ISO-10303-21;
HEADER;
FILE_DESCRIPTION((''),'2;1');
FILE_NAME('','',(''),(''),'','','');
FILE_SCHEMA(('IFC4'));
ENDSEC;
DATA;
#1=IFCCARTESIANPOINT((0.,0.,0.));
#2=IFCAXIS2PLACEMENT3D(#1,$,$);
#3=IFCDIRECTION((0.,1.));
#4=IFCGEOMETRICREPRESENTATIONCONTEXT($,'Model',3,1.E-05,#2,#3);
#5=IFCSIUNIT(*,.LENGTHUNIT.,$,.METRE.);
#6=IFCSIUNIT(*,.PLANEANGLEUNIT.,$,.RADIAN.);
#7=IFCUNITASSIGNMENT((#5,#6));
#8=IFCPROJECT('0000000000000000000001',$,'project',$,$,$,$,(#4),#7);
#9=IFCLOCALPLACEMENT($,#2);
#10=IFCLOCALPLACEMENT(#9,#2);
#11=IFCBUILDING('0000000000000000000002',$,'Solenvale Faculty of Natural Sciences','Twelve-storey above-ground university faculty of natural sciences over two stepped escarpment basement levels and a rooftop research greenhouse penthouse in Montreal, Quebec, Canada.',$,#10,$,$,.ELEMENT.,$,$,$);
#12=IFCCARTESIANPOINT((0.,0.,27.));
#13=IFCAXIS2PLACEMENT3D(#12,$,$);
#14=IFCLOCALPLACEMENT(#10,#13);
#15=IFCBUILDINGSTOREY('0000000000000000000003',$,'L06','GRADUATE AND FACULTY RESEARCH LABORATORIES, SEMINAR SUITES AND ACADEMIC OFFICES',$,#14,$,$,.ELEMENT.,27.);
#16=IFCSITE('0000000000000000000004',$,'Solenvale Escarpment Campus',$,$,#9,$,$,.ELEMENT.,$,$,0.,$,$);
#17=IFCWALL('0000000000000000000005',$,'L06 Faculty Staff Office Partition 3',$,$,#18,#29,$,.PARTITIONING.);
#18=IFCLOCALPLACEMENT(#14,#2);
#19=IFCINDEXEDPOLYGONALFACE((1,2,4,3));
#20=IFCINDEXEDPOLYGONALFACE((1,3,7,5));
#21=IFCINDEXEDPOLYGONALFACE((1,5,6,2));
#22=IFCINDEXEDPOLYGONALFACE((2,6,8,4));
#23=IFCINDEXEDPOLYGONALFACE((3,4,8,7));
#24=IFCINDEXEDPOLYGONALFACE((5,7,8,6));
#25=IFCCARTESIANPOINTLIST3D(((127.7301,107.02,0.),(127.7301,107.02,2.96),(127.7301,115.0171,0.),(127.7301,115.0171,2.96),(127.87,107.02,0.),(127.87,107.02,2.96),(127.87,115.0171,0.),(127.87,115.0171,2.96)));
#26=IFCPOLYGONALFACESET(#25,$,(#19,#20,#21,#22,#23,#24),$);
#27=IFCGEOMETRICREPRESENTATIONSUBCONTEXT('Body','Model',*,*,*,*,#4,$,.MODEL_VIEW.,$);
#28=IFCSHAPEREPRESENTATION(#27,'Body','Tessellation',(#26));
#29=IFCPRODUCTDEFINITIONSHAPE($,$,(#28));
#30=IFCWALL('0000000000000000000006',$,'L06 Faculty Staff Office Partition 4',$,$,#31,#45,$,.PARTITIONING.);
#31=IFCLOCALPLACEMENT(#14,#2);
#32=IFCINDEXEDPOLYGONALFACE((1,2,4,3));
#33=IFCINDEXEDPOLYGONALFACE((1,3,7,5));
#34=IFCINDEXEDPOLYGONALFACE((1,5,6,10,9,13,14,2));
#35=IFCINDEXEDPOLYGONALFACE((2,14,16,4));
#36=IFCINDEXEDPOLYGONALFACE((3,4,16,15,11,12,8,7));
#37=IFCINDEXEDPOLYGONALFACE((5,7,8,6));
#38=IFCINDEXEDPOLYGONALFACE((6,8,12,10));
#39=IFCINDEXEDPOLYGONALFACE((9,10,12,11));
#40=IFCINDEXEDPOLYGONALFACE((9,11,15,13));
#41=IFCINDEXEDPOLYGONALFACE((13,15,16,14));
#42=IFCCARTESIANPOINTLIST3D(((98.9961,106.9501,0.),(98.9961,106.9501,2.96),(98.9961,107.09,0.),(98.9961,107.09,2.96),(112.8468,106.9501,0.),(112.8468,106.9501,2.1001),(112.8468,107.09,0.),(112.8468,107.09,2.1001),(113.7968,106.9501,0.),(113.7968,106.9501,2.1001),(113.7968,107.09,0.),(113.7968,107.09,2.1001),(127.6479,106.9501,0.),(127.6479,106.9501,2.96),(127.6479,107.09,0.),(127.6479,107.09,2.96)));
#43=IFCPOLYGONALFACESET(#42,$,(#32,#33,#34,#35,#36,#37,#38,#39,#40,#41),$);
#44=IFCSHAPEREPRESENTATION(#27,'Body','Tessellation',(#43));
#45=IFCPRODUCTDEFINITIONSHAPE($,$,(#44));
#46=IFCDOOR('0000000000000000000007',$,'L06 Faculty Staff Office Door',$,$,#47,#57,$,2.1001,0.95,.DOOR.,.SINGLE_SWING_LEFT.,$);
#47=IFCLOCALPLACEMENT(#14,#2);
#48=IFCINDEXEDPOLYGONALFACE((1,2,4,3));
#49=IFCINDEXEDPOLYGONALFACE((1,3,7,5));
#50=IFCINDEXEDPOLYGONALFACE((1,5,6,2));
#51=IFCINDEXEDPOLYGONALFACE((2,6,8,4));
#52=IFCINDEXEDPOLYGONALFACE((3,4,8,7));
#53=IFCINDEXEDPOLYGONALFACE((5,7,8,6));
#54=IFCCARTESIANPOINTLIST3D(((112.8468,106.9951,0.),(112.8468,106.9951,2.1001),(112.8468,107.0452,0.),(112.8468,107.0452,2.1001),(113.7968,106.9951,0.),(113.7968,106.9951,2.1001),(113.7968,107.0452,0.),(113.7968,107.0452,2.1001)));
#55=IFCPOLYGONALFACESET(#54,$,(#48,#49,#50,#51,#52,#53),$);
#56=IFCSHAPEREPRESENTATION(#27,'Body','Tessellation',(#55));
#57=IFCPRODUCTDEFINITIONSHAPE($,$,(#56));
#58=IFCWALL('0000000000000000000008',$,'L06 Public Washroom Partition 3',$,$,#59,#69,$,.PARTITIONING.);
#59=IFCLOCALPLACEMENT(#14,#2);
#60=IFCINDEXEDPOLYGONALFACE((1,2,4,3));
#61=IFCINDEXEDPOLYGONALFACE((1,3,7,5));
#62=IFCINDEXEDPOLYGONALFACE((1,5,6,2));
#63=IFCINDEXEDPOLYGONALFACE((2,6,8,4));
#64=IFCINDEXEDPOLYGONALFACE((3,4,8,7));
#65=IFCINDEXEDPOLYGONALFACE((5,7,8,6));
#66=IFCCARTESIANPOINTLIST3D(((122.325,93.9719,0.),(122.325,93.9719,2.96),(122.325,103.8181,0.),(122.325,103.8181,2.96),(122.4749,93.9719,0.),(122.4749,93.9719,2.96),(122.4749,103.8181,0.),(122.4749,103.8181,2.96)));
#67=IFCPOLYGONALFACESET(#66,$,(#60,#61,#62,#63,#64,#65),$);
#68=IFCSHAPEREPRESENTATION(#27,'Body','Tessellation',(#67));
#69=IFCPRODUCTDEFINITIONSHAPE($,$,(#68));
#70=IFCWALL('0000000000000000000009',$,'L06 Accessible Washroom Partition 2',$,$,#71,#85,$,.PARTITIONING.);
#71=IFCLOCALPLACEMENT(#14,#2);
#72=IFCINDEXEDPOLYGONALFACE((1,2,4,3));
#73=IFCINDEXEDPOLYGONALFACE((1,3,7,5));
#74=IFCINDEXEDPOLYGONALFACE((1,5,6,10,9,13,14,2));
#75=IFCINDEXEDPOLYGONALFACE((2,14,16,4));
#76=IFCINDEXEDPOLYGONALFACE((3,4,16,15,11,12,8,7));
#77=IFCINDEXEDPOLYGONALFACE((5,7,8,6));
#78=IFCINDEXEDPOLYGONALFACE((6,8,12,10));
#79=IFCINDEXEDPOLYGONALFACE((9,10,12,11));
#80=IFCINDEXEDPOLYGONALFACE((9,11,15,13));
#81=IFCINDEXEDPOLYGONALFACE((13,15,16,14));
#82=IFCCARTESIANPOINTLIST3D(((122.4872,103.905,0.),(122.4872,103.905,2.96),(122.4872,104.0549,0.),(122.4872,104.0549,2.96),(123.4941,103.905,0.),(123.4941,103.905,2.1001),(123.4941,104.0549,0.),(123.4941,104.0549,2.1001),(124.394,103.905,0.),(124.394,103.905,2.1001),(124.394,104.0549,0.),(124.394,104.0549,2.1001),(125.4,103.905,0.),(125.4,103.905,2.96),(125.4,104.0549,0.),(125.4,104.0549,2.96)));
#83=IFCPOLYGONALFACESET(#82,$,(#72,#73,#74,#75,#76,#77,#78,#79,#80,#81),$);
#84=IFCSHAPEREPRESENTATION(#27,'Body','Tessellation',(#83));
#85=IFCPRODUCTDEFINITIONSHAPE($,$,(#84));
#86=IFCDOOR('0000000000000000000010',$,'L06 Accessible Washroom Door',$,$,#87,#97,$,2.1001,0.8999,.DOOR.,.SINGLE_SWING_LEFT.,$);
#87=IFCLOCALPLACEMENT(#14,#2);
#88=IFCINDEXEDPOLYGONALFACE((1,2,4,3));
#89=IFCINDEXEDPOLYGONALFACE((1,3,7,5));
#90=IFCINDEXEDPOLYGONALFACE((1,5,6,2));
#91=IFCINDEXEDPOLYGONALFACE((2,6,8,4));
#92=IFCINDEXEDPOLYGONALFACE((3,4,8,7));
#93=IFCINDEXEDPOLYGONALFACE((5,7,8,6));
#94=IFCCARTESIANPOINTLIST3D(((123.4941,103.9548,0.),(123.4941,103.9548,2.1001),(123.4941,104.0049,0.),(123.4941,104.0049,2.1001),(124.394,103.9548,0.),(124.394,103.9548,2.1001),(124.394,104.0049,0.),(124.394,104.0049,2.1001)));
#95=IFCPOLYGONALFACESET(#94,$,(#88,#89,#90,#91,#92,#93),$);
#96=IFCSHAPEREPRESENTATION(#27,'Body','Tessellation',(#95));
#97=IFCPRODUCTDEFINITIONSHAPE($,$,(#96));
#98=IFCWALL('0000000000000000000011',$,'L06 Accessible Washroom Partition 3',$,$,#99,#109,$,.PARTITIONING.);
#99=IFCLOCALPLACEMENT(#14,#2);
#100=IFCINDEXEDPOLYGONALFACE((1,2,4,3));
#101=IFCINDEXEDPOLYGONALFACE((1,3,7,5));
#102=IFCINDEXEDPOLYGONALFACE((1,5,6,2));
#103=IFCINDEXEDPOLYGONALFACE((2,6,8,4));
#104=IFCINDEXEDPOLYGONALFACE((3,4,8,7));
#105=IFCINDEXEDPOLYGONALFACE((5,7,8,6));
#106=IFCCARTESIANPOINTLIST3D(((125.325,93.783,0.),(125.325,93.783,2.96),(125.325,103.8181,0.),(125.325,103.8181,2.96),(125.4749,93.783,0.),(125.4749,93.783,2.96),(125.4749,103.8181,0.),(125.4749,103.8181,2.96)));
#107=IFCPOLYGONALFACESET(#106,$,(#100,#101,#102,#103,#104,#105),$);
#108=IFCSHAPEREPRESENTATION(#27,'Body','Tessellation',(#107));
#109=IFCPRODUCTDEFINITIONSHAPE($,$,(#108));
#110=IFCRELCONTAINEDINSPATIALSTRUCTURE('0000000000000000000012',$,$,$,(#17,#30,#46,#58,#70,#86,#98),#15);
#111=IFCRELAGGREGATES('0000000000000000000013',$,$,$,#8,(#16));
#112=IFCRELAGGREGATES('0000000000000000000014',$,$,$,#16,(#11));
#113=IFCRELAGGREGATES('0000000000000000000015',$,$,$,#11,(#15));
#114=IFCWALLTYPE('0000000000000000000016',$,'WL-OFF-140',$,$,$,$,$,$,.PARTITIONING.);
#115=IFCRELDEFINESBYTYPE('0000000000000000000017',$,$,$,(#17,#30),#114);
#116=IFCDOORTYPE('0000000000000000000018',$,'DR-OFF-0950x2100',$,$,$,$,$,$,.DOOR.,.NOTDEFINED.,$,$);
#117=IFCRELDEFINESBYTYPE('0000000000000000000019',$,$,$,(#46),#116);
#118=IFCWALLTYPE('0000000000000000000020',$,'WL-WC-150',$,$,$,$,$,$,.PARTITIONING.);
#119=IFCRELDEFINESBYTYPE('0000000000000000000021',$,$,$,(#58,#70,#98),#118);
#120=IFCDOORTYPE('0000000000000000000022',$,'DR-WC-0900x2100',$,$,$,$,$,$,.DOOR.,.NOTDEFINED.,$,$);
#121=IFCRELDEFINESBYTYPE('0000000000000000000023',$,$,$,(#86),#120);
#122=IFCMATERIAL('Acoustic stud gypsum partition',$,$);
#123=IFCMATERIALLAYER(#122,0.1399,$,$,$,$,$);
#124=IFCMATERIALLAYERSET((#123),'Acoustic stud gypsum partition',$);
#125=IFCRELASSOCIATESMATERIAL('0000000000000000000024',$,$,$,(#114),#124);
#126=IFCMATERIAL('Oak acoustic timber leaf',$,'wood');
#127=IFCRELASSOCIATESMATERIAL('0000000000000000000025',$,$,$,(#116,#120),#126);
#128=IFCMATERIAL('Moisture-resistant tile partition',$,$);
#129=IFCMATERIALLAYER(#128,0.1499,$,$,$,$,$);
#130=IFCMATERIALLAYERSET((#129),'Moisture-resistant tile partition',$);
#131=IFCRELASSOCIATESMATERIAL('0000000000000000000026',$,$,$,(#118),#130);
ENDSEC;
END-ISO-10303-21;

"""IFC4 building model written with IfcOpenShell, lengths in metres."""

from ifc_helpers import new_model, si_unit, direction, frame, frame_2d, origin, place, context, subcontext, project, spatial, rectangle, extrude, material, layer, layer_set, type_object, element, fill, save


model = new_model("IFC4")

# Units and contexts
model_context = context("Model", 3, precision=1e-05, world=origin(), true_north=direction((0.0, 1.0)))
body_context = subcontext(model_context, "Body", "Model", "MODEL_VIEW")
ifc_project = project(units=[si_unit("LENGTHUNIT", "METRE"), si_unit("PLANEANGLEUNIT", "RADIAN")], contexts=[model_context])

# Site, building, storey
site_placement = place(None, origin())
site = spatial("IfcSite", under=ifc_project, at=site_placement, Name="Solenvale Escarpment Campus", CompositionType="ELEMENT", RefElevation=0.0)
building_placement = place(site_placement, origin())
building = spatial("IfcBuilding", under=site, at=building_placement, Name="Solenvale Faculty of Natural Sciences", Description="Twelve-storey above-ground university faculty of natural sciences over two stepped escarpment basement levels and a rooftop research greenhouse penthouse in Montreal, Quebec, Canada.", CompositionType="ELEMENT")
storey_placement = place(building_placement, frame((0.0, 0.0, 27.0)))
storey = spatial("IfcBuildingStorey", under=building, at=storey_placement, Name="L06", Description="GRADUATE AND FACULTY RESEARCH LABORATORIES, SEMINAR SUITES AND ACADEMIC OFFICES", CompositionType="ELEMENT", Elevation=27.0)

# Shared definitions
ifc_material_1 = material(Name="Acoustic stud gypsum partition")
ifc_material_2 = material(Name="Oak acoustic timber leaf", Category="wood")

# Wall
ifc_layer_1 = layer(ifc_material_1, 0.1399)
ifc_layer_set_1 = layer_set([ifc_layer_1], Name="Acoustic stud gypsum partition")
wall_type_1 = type_object("IfcWallType", Name="WL-OFF-140", PredefinedType="PARTITIONING", material=ifc_layer_set_1)
wall_1_placement = place(storey_placement, frame((127.8, 115.0171, 0.0), z_axis=(0.0, 0.0, 1.0), x_axis=(0.0, -1.0, 0.0)))
element("IfcWall", 1, at=wall_1_placement, inside=storey, type_object=wall_type_1, Name="L06 Faculty Staff Office Partition 3", PredefinedType="PARTITIONING", context=body_context, shape_type="SweptSolid", body=[
    extrude(rectangle(XDim=7.9971, YDim=0.1399, at=frame_2d((3.9985, 0.0))), origin(), (0.0, 0.0, 1.0), 2.96),
])

# Wall, opening, door
wall_2_placement = place(storey_placement, frame((127.6479, 107.02, 0.0), z_axis=(0.0, 0.0, 1.0), x_axis=(-1.0, 0.0, 0.0)))
wall_2 = element("IfcWall", 2, at=wall_2_placement, inside=storey, type_object=wall_type_1, Name="L06 Faculty Staff Office Partition 4", PredefinedType="PARTITIONING", context=body_context, shape_type="SweptSolid", body=[
    extrude(rectangle(XDim=28.6519, YDim=0.1399, at=frame_2d((14.3259, 0.0))), origin(), (0.0, 0.0, 1.0), 2.96),
])
opening_1_placement = place(wall_2_placement, frame((13.8511, 0.0, 0.0)))
opening_1 = element("IfcOpeningElement", 3, at=opening_1_placement, cuts=wall_2, PredefinedType="OPENING", context=body_context, shape_type="SweptSolid", body=[
    extrude(rectangle(XDim=0.95, YDim=2.1001, at=frame_2d((0.4751, 1.05))), frame((0.0, 0.0798, 0.0), z_axis=(0.0, -1.0, 0.0), x_axis=(1.0, 0.0, 0.0)), (0.0, 0.0, 1.0), 0.1599),
])
door_type_1 = type_object("IfcDoorType", Name="DR-OFF-0950x2100", OperationType="NOTDEFINED", PredefinedType="DOOR", material=ifc_material_2)
door_1_placement = place(opening_1_placement, origin())
door_1 = element("IfcDoor", 4, at=door_1_placement, inside=storey, type_object=door_type_1, Name="L06 Faculty Staff Office Door", OperationType="SINGLE_SWING_LEFT", OverallHeight=2.1001, OverallWidth=0.95, PredefinedType="DOOR", context=body_context, shape_type="SweptSolid", body=[
    extrude(rectangle(XDim=0.95, YDim=2.1001, at=frame_2d((0.4751, 1.05))), frame((0.0, 0.0249, 0.0), z_axis=(0.0, -1.0, 0.0), x_axis=(1.0, 0.0, 0.0)), (0.0, 0.0, 1.0), 0.05),
])
fill(opening_1, door_1)

# Wall
ifc_material_3 = material(Name="Moisture-resistant tile partition")
ifc_layer_2 = layer(ifc_material_3, 0.1499)
ifc_layer_set_2 = layer_set([ifc_layer_2], Name="Moisture-resistant tile partition")
wall_type_2 = type_object("IfcWallType", Name="WL-WC-150", PredefinedType="PARTITIONING", material=ifc_layer_set_2)
wall_3_placement = place(storey_placement, frame((122.3999, 103.8181, 0.0), z_axis=(0.0, 0.0, 1.0), x_axis=(0.0, -1.0, 0.0)))
element("IfcWall", 5, at=wall_3_placement, inside=storey, type_object=wall_type_2, Name="L06 Public Washroom Partition 3", PredefinedType="PARTITIONING", context=body_context, shape_type="SweptSolid", body=[
    extrude(rectangle(XDim=9.8462, YDim=0.1499, at=frame_2d((4.9231, 0.0))), origin(), (0.0, 0.0, 1.0), 2.96),
])

# Wall, opening, door
wall_4_placement = place(storey_placement, frame((122.4871, 103.98, 0.0), z_axis=(0.0, 0.0, 1.0), x_axis=(1.0, 0.0, 0.0)))
wall_4 = element("IfcWall", 6, at=wall_4_placement, inside=storey, type_object=wall_type_2, Name="L06 Accessible Washroom Partition 2", PredefinedType="PARTITIONING", context=body_context, shape_type="SweptSolid", body=[
    extrude(rectangle(XDim=2.9128, YDim=0.1499, at=frame_2d((1.4565, 0.0))), origin(), (0.0, 0.0, 1.0), 2.96),
])
opening_2_placement = place(wall_4_placement, frame((1.0071, 0.0, 0.0)))
opening_2 = element("IfcOpeningElement", 7, at=opening_2_placement, cuts=wall_4, PredefinedType="OPENING", context=body_context, shape_type="SweptSolid", body=[
    extrude(rectangle(XDim=0.8999, YDim=2.1001, at=frame_2d((0.45, 1.05))), frame((0.0, 0.085, 0.0), z_axis=(0.0, -1.0, 0.0), x_axis=(1.0, 0.0, 0.0)), (0.0, 0.0, 1.0), 0.1699),
])
door_type_2 = type_object("IfcDoorType", Name="DR-WC-0900x2100", OperationType="NOTDEFINED", PredefinedType="DOOR", material=ifc_material_2)
door_2_placement = place(opening_2_placement, origin())
door_2 = element("IfcDoor", 8, at=door_2_placement, inside=storey, type_object=door_type_2, Name="L06 Accessible Washroom Door", OperationType="SINGLE_SWING_LEFT", OverallHeight=2.1001, OverallWidth=0.8999, PredefinedType="DOOR", context=body_context, shape_type="SweptSolid", body=[
    extrude(rectangle(XDim=0.8999, YDim=2.1001, at=frame_2d((0.45, 1.05))), frame((0.0, 0.0249, 0.0), z_axis=(0.0, -1.0, 0.0), x_axis=(1.0, 0.0, 0.0)), (0.0, 0.0, 1.0), 0.05),
])
fill(opening_2, door_2)

# Wall
wall_5_placement = place(storey_placement, frame((125.3999, 103.8181, 0.0), z_axis=(0.0, 0.0, 1.0), x_axis=(0.0, -1.0, 0.0)))
element("IfcWall", 9, at=wall_5_placement, inside=storey, type_object=wall_type_2, Name="L06 Accessible Washroom Partition 3", PredefinedType="PARTITIONING", context=body_context, shape_type="SweptSolid", body=[
    extrude(rectangle(XDim=10.0352, YDim=0.1499, at=frame_2d((5.0176, 0.0))), origin(), (0.0, 0.0, 1.0), 2.96),
])

save(model, "model.ifc")
